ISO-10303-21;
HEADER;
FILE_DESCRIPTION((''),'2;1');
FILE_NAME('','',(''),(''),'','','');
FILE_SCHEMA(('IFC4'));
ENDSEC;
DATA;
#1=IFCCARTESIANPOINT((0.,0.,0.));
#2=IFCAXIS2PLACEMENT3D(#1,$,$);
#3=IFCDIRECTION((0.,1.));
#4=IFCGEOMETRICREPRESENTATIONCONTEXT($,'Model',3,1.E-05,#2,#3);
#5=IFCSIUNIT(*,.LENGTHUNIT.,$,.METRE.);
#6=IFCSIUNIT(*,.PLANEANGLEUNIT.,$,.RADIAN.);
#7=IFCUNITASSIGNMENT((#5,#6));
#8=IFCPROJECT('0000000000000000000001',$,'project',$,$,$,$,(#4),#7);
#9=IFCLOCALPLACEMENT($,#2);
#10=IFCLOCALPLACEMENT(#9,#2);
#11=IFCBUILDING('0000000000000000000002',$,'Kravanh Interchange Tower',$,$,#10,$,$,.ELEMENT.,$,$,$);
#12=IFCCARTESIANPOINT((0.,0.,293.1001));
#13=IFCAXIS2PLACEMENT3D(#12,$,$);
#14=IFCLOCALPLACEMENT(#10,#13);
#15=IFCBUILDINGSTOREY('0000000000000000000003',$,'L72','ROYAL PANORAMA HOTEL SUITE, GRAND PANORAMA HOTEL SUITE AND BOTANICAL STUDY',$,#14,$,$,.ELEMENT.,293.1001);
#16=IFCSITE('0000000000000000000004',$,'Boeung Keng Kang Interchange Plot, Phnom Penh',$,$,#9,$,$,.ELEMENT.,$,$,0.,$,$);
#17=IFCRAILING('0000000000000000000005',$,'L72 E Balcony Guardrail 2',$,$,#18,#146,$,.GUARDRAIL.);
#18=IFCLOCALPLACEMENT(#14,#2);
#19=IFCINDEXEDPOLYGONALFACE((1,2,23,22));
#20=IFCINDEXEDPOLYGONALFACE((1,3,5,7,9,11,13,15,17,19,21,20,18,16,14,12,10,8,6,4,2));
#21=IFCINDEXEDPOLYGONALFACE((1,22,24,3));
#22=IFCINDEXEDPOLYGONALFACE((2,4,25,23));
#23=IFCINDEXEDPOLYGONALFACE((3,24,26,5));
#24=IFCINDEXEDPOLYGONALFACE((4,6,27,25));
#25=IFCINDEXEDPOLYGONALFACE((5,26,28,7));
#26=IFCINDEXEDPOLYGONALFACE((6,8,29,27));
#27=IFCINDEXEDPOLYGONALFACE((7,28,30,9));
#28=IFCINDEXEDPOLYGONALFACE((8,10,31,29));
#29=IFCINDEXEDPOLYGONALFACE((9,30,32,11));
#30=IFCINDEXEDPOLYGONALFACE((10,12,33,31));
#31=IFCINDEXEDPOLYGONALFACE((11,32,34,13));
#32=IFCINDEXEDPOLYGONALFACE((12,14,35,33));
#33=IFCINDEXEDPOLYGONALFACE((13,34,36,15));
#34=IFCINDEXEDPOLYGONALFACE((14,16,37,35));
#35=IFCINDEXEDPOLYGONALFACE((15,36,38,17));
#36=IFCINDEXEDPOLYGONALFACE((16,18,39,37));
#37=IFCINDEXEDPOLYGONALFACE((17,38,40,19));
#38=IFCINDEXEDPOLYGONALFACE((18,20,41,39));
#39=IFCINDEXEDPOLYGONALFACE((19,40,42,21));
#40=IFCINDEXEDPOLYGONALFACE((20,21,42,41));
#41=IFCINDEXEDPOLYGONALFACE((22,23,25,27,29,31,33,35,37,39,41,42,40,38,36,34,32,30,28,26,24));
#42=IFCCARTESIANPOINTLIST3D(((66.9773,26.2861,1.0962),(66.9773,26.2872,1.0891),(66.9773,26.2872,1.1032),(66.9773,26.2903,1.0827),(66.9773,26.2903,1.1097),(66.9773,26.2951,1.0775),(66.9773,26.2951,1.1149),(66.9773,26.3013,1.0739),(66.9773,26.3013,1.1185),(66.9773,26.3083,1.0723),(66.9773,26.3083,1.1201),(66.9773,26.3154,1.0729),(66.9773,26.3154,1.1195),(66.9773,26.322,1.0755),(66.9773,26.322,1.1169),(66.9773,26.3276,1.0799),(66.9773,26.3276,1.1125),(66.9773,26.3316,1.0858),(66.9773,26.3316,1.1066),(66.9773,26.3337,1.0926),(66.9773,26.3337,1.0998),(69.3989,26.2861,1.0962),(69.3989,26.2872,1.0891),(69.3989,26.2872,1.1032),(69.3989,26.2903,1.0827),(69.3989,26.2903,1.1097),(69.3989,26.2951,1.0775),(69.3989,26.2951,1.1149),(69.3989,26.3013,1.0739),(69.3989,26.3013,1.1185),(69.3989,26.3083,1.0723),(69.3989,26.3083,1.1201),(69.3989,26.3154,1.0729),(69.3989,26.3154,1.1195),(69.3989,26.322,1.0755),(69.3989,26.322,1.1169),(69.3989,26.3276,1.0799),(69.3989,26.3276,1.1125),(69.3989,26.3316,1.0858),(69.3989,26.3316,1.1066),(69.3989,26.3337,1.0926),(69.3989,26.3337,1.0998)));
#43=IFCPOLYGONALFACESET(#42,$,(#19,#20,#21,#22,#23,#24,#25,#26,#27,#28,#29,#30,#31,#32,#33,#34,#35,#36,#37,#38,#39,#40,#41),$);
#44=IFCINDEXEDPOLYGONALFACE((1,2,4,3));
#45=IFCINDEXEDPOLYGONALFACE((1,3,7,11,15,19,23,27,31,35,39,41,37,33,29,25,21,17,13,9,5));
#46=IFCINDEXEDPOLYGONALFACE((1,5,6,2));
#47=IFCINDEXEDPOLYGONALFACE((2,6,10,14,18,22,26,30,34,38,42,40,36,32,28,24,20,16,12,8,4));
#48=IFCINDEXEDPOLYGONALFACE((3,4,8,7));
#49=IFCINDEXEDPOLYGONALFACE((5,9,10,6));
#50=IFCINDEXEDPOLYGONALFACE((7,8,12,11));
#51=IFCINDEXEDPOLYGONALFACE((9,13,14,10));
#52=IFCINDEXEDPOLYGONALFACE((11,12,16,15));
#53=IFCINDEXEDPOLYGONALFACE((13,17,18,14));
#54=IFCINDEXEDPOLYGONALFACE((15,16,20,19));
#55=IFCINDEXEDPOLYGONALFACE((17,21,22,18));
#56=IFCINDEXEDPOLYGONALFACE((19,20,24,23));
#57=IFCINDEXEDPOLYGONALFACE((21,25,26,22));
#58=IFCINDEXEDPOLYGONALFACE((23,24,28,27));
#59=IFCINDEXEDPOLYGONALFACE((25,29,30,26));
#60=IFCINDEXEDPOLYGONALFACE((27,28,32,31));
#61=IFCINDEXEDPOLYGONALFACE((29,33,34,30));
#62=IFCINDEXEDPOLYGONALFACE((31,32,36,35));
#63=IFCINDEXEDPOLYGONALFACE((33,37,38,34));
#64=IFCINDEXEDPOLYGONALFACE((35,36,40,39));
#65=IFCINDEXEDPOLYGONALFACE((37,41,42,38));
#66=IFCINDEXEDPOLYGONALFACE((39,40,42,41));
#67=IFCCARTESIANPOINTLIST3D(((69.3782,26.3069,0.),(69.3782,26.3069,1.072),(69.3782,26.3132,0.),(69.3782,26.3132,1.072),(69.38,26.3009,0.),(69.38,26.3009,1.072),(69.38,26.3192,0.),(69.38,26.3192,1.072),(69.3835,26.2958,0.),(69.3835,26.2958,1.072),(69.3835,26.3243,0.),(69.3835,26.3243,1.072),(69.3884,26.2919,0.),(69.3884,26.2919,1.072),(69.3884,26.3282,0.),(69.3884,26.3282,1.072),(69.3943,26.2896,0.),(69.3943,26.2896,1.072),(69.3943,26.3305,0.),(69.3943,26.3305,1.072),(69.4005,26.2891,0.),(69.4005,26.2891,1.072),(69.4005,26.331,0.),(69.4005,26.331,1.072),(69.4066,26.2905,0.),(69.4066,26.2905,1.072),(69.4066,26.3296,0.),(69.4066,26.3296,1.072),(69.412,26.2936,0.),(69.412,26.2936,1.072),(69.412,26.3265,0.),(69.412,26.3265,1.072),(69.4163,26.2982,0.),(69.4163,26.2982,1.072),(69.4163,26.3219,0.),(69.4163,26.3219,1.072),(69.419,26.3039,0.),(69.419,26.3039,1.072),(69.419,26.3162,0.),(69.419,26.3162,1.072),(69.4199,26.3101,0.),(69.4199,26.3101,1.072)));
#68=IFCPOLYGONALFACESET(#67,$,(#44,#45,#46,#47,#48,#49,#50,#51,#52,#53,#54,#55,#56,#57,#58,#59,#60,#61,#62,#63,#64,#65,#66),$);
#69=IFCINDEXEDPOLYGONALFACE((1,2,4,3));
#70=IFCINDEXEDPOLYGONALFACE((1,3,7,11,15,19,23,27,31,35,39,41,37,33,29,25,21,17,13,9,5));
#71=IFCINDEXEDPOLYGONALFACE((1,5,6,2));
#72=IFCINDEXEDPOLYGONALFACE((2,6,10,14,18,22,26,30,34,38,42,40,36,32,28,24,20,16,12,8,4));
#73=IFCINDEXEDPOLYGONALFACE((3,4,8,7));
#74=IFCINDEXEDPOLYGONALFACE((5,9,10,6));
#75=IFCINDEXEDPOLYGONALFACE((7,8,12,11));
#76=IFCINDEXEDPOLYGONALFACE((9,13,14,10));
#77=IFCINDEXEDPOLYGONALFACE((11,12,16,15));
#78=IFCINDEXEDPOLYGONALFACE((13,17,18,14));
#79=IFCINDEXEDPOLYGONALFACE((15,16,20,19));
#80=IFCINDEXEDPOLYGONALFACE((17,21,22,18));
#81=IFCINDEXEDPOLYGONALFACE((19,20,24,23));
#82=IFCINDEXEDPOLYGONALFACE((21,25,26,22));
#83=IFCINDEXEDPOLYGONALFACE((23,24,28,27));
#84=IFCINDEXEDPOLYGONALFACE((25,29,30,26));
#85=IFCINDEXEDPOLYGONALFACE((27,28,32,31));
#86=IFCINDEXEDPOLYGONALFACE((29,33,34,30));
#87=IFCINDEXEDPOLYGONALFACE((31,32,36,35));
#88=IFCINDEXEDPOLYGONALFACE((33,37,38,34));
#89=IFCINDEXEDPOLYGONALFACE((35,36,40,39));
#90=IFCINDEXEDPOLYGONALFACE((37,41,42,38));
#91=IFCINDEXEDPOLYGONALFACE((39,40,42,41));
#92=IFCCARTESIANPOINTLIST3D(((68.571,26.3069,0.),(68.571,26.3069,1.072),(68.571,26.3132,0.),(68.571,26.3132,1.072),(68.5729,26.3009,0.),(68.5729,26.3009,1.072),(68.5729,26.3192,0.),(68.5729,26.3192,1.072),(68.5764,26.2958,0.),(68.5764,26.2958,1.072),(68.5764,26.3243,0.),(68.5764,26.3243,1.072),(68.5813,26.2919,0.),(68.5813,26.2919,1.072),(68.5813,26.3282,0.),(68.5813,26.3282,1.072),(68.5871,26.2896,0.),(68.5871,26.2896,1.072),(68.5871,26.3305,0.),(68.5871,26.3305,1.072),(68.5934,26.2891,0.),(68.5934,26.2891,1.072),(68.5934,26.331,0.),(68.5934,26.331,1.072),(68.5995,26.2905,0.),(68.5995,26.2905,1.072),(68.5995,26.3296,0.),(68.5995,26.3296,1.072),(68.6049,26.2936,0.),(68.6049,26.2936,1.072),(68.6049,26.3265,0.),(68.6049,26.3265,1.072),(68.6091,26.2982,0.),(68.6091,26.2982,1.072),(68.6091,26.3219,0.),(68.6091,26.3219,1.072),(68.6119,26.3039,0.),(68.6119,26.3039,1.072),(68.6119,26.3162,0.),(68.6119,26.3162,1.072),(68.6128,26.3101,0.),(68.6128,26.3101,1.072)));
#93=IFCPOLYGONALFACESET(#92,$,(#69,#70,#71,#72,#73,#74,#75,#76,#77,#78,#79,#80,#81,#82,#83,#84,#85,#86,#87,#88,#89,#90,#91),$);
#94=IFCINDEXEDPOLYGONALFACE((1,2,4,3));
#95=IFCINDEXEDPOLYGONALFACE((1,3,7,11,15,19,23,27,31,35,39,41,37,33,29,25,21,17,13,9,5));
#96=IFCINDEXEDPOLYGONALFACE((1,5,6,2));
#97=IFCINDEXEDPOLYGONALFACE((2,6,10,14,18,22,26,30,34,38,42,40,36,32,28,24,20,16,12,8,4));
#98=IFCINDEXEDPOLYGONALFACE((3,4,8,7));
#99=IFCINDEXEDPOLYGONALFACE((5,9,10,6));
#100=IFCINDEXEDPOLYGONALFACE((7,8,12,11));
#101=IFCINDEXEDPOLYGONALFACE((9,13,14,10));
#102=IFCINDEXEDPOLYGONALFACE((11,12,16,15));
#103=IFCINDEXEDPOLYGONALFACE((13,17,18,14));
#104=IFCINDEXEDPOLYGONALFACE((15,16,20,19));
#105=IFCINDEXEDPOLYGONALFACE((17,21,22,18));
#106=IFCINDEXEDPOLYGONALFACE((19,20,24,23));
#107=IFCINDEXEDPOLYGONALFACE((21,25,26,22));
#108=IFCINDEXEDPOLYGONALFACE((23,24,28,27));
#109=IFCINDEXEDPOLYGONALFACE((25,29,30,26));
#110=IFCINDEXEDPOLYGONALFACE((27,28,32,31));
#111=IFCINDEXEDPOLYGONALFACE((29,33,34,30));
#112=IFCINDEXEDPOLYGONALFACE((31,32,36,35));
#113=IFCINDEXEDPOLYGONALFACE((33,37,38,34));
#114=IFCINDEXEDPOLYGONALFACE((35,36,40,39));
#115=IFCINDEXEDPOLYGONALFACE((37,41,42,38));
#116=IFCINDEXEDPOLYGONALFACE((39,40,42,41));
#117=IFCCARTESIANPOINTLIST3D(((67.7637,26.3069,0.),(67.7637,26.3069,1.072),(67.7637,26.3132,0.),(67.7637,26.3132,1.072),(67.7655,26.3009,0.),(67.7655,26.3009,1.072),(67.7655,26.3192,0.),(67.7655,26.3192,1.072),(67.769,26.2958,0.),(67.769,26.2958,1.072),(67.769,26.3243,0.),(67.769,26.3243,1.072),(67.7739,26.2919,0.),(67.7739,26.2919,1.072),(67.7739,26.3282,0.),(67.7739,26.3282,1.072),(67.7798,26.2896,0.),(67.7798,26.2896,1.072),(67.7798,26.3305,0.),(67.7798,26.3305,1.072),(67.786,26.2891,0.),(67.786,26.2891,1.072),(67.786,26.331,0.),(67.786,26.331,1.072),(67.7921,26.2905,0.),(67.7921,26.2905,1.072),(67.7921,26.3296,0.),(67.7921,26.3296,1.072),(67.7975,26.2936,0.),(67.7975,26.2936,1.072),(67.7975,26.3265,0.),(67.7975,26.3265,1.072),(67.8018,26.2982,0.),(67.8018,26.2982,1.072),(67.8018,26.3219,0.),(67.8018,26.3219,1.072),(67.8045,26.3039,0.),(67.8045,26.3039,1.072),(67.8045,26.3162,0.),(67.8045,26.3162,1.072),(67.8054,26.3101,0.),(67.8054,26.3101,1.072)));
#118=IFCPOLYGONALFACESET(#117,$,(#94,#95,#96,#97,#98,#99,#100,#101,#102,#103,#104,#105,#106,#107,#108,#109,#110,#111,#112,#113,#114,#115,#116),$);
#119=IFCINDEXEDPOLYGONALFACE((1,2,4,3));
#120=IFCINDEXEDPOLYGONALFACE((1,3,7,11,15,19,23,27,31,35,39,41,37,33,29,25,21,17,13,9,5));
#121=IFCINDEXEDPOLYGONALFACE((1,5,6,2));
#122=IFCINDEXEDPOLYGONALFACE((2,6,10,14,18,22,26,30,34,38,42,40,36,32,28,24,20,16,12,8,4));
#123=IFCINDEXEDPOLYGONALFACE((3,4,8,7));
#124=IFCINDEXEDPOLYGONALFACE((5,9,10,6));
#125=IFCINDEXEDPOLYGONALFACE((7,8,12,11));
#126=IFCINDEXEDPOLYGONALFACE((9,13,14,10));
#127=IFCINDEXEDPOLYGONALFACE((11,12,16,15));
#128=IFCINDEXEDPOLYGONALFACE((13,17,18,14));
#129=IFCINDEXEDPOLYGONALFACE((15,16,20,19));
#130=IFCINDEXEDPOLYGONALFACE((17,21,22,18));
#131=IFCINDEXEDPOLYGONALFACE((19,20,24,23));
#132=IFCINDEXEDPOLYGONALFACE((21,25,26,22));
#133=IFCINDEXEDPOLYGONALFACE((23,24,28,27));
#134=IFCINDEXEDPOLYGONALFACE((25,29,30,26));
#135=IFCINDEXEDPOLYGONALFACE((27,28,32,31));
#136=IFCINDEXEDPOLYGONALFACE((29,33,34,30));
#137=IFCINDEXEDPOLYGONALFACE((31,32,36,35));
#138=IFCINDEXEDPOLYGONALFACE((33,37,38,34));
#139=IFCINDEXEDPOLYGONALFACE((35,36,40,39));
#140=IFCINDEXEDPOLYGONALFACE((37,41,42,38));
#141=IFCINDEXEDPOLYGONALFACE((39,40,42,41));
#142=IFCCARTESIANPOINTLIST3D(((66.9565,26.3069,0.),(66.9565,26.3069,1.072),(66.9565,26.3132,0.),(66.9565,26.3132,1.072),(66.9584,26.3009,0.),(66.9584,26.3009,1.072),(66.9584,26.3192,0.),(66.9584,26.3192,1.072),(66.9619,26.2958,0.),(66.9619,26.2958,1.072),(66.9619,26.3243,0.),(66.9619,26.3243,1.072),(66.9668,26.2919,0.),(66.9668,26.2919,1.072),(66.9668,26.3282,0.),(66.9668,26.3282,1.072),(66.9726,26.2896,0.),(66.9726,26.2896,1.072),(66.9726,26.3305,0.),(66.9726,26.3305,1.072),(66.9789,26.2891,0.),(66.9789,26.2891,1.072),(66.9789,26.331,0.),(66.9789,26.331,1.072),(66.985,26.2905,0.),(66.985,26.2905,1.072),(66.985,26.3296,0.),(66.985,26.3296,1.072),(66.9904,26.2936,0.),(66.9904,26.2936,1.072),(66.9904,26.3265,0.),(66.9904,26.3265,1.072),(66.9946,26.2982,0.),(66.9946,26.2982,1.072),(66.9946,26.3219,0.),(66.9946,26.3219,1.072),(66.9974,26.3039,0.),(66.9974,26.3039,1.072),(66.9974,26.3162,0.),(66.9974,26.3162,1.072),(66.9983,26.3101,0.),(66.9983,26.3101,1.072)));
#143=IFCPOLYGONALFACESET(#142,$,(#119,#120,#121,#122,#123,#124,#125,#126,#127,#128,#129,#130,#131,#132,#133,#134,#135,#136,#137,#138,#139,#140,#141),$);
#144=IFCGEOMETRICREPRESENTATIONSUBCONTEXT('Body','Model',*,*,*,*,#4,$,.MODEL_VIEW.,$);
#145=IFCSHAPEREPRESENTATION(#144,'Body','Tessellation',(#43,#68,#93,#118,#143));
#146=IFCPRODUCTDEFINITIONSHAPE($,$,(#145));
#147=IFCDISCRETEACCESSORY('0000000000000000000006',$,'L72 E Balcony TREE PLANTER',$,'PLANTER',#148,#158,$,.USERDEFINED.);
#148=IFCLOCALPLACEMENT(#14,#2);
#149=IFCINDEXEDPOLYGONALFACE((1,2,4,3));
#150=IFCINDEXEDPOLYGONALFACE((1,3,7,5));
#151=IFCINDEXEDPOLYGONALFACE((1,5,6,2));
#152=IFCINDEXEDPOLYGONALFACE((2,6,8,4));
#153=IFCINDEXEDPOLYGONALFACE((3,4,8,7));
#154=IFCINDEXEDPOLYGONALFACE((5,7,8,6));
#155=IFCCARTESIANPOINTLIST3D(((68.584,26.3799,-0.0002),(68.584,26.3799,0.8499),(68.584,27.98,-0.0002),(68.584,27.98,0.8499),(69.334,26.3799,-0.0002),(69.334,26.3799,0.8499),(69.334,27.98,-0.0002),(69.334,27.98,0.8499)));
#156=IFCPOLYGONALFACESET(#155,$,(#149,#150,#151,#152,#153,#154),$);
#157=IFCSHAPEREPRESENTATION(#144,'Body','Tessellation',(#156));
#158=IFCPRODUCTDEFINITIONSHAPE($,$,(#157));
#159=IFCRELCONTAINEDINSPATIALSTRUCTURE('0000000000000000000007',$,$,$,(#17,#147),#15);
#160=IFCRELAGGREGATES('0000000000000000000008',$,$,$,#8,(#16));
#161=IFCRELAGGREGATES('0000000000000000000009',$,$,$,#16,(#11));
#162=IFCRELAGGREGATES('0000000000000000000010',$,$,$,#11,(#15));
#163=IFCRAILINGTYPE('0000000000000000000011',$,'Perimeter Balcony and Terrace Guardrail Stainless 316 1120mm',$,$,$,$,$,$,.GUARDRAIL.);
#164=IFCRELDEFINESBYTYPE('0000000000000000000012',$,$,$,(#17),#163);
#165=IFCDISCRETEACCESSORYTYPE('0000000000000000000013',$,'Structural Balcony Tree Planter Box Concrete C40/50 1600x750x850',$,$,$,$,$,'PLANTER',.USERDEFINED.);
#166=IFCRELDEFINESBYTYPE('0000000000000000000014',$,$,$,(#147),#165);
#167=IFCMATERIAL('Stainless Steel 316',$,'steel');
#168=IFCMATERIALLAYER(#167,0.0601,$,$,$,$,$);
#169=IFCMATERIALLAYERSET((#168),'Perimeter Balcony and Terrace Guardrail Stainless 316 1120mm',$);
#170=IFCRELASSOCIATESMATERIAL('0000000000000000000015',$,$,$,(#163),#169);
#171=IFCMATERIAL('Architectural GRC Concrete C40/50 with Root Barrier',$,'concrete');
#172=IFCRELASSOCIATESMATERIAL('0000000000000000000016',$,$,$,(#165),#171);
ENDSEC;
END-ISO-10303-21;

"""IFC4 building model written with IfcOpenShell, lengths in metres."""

from ifc_helpers import new_model, si_unit, direction, frame, origin, origin_2d, place, context, subcontext, project, spatial, rectangle, circle, extrude, material, layer, layer_set, type_object, element, save


model = new_model("IFC4")

# Units and contexts
model_context = context("Model", 3, precision=1e-05, world=origin(), true_north=direction((0.0, 1.0)))
body_context = subcontext(model_context, "Body", "Model", "MODEL_VIEW")
ifc_project = project(units=[si_unit("LENGTHUNIT", "METRE"), si_unit("PLANEANGLEUNIT", "RADIAN")], contexts=[model_context])

# Site, building, storey
site_placement = place(None, origin())
site = spatial("IfcSite", under=ifc_project, at=site_placement, Name="Boeung Keng Kang Interchange Plot, Phnom Penh", CompositionType="ELEMENT", RefElevation=0.0)
building_placement = place(site_placement, origin())
building = spatial("IfcBuilding", under=site, at=building_placement, Name="Kravanh Interchange Tower", CompositionType="ELEMENT")
storey_placement = place(building_placement, frame((0.0, 0.0, 293.1001)))
storey = spatial("IfcBuildingStorey", under=building, at=storey_placement, Name="L72", Description="ROYAL PANORAMA HOTEL SUITE, GRAND PANORAMA HOTEL SUITE AND BOTANICAL STUDY", CompositionType="ELEMENT", Elevation=293.1001)

# Railing
ifc_material_1 = material(Name="Stainless Steel 316", Category="steel")
ifc_layer_1 = layer(ifc_material_1, 0.0601)
ifc_layer_set_1 = layer_set([ifc_layer_1], Name="Perimeter Balcony and Terrace Guardrail Stainless 316 1120mm")
railing_type = type_object("IfcRailingType", Name="Perimeter Balcony and Terrace Guardrail Stainless 316 1120mm", PredefinedType="GUARDRAIL", material=ifc_layer_set_1)
railing_placement = place(storey_placement, frame((69.3989, 26.3101, 0.0)))
element("IfcRailing", 1, at=railing_placement, inside=storey, type_object=railing_type, Name="L72 E Balcony Guardrail 2", PredefinedType="GUARDRAIL", context=body_context, shape_type="SweptSolid", body=[
    extrude(circle(Radius=0.0239, at=origin_2d()), frame((0.0, 0.0, 1.0962), z_axis=(-1.0, 0.0, 0.0), x_axis=(0.0, -1.0, 0.0)), (0.0, 0.0, 1.0), 2.4216),
    extrude(circle(Radius=0.021, at=origin_2d()), origin(), (0.0, 0.0, 1.0), 1.072),
    extrude(circle(Radius=0.021, at=origin_2d()), frame((-0.8071, 0.0, 0.0)), (0.0, 0.0, 1.0), 1.072),
    extrude(circle(Radius=0.021, at=origin_2d()), frame((-1.6145, 0.0, 0.0)), (0.0, 0.0, 1.0), 1.072),
    extrude(circle(Radius=0.021, at=origin_2d()), frame((-2.4216, 0.0, 0.0)), (0.0, 0.0, 1.0), 1.072),
])

# Discrete accessory
ifc_material_2 = material(Name="Architectural GRC Concrete C40/50 with Root Barrier", Category="concrete")
discrete_accessory_type = type_object("IfcDiscreteAccessoryType", Name="Structural Balcony Tree Planter Box Concrete C40/50 1600x750x850", ElementType="PLANTER", PredefinedType="USERDEFINED", material=ifc_material_2)
discrete_accessory_placement = place(storey_placement, frame((68.959, 27.1799, -0.0002), z_axis=(0.0, 0.0, 1.0), x_axis=(1.0, 0.0, 0.0)))
element("IfcDiscreteAccessory", 2, at=discrete_accessory_placement, inside=storey, type_object=discrete_accessory_type, Name="L72 E Balcony TREE PLANTER", ObjectType="PLANTER", PredefinedType="USERDEFINED", context=body_context, shape_type="SweptSolid", body=[
    extrude(rectangle(XDim=0.75, YDim=1.6001, at=origin_2d()), origin(), (0.0, 0.0, 1.0), 0.8501),
])

save(model, "model.ifc")
